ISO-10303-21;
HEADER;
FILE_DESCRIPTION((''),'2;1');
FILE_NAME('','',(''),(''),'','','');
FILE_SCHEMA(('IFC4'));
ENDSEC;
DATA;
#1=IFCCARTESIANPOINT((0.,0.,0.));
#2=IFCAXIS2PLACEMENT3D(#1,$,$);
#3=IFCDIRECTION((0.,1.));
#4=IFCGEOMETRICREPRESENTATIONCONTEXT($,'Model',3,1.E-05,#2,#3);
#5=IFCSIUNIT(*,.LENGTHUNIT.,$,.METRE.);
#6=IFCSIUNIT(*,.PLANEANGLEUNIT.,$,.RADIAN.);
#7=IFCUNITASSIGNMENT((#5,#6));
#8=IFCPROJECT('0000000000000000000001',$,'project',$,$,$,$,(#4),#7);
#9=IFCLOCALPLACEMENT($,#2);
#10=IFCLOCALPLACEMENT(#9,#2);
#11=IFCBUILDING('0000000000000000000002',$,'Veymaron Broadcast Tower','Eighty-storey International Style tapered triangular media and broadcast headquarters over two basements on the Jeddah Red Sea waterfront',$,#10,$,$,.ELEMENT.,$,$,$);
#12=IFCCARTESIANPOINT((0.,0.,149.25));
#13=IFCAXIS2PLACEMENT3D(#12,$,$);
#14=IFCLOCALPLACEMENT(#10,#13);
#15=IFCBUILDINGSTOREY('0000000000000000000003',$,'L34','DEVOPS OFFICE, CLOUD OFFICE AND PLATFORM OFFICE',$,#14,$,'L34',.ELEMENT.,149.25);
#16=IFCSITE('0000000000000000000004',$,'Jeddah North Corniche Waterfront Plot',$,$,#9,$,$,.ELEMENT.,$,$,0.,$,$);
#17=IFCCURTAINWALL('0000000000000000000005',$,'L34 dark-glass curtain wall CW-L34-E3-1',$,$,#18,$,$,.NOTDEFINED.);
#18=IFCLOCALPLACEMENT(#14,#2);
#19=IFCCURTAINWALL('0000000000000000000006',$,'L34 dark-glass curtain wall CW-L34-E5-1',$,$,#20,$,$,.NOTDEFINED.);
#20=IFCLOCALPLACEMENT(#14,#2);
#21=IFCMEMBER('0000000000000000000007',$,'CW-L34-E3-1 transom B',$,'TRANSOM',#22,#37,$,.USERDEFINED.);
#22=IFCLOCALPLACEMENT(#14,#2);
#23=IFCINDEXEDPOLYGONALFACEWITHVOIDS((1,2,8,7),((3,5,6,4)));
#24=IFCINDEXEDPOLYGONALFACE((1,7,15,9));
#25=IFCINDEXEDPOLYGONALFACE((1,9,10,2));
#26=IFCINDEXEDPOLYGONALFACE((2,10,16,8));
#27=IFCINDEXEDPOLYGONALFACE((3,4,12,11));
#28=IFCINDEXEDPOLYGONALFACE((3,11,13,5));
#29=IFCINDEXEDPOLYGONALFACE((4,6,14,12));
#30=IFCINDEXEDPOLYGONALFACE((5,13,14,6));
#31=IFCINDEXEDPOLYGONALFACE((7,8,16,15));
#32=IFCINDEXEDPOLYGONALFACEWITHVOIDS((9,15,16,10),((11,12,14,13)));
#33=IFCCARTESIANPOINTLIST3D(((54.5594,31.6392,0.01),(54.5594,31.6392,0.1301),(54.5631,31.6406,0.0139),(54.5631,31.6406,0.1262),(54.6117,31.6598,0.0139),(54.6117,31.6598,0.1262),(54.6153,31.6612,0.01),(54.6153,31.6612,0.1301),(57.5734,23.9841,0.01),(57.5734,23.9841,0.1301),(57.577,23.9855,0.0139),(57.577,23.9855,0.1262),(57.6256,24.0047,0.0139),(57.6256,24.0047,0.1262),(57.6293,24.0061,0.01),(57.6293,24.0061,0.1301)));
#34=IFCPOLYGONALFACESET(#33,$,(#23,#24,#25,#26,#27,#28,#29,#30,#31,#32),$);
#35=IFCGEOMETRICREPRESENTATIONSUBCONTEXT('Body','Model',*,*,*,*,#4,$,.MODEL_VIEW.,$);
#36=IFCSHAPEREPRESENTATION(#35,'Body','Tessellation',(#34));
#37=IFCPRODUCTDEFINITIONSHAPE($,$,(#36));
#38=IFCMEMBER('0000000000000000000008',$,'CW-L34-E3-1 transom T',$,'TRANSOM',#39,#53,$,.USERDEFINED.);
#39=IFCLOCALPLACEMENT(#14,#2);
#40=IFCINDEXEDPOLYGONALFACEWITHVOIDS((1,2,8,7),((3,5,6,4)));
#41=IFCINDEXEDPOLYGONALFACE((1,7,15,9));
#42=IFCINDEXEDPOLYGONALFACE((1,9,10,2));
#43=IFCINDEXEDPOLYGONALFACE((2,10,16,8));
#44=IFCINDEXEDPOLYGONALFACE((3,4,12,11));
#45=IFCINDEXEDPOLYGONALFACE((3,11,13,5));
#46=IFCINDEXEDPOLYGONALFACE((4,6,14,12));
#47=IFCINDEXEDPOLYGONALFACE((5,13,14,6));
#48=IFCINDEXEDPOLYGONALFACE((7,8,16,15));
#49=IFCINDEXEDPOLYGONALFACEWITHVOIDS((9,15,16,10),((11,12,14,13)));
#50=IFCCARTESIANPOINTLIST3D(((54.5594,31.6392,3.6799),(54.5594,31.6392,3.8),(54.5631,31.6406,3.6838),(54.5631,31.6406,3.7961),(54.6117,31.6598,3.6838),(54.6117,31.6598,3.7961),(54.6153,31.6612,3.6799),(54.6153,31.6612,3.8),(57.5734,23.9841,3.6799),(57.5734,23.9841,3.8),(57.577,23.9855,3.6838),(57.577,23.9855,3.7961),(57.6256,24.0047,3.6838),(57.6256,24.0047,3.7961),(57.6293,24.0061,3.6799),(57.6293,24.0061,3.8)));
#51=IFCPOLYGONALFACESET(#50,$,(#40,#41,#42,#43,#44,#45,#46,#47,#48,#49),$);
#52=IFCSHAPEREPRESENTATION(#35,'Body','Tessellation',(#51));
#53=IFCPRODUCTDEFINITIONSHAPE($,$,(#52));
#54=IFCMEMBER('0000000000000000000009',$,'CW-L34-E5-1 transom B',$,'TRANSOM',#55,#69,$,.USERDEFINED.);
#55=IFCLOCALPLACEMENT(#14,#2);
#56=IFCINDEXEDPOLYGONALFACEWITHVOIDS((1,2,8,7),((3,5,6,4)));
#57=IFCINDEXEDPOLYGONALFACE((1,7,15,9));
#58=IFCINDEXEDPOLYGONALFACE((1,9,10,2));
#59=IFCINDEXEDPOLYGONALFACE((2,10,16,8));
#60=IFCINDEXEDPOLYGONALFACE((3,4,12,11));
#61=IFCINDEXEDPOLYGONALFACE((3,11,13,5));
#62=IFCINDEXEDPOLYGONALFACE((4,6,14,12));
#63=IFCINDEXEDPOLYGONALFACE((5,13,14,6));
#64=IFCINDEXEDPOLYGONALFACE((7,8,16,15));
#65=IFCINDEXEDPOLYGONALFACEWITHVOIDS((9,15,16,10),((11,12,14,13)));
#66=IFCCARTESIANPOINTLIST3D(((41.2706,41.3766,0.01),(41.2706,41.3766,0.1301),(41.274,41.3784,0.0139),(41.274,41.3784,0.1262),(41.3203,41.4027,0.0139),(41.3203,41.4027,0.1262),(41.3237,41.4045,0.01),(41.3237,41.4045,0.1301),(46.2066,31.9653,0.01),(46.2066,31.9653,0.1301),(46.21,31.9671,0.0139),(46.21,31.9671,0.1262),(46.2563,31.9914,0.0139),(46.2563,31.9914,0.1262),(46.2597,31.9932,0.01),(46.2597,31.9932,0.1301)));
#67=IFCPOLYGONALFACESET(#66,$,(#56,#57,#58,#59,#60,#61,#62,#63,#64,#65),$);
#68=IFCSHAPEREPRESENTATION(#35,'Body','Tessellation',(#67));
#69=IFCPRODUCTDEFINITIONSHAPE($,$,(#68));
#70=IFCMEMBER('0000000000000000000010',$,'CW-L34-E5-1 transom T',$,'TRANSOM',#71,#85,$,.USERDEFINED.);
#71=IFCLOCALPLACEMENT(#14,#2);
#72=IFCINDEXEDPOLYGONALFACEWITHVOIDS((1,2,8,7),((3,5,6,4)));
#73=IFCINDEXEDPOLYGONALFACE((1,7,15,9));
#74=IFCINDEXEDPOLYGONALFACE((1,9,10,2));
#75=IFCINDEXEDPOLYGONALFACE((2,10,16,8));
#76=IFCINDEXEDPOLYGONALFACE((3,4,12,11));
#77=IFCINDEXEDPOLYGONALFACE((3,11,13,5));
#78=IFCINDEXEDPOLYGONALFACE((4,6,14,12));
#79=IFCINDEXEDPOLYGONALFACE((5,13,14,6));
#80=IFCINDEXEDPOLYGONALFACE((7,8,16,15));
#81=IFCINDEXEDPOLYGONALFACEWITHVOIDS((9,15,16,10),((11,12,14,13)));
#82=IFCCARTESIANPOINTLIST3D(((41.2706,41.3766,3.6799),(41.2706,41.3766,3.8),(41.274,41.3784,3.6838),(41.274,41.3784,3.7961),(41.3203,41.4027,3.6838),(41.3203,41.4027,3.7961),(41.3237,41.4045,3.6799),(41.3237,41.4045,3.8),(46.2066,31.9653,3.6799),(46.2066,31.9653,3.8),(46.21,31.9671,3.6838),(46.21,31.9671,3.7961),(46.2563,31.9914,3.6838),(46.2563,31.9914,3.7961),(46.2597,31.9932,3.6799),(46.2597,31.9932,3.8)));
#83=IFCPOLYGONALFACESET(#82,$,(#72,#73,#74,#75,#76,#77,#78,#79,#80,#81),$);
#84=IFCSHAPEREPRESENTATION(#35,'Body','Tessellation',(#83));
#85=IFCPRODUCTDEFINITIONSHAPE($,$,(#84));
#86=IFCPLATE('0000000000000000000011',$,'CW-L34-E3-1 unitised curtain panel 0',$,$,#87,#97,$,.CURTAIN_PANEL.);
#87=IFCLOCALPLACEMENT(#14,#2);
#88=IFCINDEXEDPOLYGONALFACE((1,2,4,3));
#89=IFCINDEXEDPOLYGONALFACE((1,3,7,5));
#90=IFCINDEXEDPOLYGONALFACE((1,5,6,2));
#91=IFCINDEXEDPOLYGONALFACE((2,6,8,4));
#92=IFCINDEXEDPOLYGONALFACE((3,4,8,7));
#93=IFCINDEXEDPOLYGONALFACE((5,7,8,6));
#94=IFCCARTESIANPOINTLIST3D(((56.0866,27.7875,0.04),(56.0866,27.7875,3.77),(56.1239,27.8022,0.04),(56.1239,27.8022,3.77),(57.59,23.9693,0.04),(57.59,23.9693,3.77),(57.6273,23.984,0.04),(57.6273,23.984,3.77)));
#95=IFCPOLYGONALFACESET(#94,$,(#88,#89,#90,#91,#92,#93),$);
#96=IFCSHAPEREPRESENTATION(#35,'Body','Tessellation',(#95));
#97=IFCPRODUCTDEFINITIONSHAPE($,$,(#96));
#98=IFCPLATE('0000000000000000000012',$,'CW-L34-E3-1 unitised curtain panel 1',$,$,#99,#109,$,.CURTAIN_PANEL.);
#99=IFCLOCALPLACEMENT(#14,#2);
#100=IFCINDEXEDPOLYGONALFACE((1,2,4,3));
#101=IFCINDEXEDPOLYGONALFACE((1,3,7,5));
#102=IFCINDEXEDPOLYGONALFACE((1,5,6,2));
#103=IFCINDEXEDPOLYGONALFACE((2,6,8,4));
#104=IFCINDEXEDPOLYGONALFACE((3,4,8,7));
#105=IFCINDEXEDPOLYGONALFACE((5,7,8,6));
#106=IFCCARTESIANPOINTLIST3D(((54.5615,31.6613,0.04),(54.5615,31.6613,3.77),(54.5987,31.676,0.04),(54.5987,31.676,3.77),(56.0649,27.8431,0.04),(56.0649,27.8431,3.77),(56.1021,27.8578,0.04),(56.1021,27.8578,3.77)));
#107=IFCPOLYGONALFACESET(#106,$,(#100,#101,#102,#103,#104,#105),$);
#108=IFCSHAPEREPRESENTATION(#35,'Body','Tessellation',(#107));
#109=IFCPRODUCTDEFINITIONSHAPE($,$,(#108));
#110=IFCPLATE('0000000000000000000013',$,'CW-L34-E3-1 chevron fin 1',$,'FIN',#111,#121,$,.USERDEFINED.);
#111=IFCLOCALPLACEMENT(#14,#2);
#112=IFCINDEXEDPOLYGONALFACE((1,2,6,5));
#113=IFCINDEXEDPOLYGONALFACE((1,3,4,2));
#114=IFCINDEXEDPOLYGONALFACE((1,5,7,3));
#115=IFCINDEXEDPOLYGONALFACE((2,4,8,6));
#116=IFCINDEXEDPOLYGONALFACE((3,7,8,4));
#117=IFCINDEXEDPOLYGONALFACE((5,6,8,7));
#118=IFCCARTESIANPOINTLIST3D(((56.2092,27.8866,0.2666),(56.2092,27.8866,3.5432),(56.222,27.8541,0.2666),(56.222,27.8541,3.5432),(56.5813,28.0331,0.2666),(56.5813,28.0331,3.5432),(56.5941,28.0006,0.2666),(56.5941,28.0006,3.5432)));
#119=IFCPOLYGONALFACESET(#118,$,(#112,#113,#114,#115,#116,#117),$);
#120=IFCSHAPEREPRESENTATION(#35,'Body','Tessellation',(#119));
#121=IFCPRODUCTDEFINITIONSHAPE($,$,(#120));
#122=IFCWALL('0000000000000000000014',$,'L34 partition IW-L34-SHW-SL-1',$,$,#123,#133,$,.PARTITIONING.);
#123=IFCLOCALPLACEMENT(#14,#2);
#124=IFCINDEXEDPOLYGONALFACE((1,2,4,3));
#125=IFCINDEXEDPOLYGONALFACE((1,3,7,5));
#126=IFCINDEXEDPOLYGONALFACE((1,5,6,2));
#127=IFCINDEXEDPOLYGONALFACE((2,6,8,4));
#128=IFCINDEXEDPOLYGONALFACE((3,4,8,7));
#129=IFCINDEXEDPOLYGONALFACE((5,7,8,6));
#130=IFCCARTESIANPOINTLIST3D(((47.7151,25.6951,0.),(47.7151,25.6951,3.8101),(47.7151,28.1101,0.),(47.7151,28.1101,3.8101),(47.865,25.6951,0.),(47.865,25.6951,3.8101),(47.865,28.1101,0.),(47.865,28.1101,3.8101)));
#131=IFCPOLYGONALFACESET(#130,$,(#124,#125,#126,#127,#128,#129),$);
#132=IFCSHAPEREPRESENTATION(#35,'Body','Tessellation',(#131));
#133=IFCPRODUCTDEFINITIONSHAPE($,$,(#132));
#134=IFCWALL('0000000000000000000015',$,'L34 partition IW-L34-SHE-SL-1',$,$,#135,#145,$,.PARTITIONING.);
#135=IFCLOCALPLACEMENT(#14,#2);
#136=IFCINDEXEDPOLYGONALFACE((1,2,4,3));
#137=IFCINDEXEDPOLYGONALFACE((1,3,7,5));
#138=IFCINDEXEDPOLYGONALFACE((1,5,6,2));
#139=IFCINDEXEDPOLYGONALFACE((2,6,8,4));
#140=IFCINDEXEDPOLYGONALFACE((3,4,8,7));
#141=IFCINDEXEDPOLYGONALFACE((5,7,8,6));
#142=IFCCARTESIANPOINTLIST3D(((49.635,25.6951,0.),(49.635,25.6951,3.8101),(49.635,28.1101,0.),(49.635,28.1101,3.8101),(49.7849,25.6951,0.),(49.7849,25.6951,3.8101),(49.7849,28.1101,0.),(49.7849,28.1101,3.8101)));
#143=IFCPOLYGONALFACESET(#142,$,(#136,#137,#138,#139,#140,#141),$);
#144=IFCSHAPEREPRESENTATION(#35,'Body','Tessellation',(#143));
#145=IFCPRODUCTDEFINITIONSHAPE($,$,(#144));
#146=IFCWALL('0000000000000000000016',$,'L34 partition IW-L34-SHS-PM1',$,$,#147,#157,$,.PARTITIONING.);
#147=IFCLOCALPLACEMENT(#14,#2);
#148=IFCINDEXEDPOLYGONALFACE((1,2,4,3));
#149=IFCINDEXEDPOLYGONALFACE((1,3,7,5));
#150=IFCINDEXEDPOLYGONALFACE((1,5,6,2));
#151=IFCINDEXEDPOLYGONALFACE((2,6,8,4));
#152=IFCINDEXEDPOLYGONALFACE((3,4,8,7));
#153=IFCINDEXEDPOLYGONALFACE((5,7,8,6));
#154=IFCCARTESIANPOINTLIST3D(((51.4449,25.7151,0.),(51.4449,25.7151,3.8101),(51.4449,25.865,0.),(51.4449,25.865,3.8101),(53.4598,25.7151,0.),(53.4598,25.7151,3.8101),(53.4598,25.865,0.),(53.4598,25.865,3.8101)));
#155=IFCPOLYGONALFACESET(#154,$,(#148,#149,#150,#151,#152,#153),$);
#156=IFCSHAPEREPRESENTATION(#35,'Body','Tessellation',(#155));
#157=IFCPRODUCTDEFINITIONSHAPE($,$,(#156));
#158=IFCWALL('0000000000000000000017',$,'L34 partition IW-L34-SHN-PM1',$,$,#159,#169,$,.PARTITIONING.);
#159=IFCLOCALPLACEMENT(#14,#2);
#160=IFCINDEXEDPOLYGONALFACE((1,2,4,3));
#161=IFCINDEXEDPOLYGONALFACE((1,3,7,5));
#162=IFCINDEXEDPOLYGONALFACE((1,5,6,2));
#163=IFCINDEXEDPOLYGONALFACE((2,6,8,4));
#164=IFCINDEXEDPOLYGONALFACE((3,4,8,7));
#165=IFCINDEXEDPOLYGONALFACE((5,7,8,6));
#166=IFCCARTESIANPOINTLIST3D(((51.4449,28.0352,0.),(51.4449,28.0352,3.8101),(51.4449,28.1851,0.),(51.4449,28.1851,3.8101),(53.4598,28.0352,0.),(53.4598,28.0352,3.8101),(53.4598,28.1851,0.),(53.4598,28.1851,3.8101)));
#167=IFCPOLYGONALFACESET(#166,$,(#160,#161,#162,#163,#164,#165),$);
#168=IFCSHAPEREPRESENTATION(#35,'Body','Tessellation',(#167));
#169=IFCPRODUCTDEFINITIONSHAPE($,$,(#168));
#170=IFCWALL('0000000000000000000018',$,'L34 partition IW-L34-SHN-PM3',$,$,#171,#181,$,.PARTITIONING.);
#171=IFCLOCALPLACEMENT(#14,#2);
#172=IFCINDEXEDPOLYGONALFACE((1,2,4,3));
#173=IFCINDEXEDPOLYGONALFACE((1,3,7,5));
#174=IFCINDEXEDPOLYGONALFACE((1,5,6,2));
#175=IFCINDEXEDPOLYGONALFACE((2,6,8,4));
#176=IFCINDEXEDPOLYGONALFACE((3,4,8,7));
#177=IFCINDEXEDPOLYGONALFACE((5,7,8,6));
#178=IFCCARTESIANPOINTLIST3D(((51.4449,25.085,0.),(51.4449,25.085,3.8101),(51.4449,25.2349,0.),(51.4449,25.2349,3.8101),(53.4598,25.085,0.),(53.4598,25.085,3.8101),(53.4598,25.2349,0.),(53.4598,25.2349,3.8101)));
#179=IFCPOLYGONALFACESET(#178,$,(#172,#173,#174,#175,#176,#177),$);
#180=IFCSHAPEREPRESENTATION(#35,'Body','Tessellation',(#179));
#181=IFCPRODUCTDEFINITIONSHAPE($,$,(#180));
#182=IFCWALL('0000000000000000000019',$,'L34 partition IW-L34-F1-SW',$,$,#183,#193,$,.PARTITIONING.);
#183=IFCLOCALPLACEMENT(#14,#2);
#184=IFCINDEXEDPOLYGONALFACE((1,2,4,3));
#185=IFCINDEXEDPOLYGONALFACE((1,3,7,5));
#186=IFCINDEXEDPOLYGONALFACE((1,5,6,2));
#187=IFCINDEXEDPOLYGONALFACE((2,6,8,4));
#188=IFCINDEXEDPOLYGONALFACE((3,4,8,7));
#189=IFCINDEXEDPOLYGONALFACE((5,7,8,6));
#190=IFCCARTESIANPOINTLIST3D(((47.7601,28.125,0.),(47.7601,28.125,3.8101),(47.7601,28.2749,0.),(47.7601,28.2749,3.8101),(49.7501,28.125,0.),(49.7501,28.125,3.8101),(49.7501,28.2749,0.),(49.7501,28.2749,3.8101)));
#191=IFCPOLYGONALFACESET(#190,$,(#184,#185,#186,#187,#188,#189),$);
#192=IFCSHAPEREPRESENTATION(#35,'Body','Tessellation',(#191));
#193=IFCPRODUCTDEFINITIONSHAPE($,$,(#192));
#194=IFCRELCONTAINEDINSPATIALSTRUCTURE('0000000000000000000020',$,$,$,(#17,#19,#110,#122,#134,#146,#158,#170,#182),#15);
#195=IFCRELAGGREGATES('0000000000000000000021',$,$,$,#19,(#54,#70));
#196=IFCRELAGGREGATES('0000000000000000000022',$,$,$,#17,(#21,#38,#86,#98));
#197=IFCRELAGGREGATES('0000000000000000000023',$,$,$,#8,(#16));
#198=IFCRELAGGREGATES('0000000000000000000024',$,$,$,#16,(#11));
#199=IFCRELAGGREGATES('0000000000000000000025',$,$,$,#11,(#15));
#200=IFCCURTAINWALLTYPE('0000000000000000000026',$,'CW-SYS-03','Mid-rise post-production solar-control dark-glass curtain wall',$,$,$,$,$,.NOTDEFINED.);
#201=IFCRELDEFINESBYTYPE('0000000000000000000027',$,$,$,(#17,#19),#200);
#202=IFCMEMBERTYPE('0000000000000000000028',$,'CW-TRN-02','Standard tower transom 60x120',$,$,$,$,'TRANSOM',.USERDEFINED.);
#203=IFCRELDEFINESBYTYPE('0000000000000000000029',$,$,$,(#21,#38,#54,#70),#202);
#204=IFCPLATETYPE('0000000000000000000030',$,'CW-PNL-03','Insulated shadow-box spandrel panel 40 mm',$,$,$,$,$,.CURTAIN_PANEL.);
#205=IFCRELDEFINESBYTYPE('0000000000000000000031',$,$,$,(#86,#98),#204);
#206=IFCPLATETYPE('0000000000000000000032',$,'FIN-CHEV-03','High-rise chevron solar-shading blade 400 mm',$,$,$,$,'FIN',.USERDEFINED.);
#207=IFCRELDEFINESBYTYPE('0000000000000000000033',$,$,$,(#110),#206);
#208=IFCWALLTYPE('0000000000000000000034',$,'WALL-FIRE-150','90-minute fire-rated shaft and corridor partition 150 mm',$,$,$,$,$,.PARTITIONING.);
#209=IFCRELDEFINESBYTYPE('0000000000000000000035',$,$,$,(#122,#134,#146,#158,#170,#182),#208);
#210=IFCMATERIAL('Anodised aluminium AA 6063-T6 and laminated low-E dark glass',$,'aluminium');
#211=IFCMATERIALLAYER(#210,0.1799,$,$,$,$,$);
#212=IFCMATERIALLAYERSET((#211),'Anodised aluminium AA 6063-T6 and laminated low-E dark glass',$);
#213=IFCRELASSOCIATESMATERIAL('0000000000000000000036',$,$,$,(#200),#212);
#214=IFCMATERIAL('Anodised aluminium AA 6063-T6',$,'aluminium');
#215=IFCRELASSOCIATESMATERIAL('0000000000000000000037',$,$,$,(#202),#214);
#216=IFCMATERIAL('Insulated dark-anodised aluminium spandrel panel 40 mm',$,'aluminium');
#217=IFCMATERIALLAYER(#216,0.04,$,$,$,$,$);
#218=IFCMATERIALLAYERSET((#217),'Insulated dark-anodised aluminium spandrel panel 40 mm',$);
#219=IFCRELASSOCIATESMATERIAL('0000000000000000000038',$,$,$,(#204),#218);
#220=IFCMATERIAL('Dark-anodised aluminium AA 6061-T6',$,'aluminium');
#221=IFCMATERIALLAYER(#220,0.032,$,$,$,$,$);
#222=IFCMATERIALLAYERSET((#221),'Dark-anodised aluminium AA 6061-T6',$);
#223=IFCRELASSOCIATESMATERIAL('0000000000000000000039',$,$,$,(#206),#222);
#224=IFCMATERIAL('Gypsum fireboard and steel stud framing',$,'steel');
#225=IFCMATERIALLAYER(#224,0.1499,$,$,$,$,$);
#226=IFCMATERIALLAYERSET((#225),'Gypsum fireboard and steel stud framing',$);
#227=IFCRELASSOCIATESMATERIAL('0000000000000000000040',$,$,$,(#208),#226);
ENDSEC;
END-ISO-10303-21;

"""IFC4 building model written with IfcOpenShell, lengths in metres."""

from ifc_helpers import new_model, si_unit, direction, frame, frame_2d, origin, origin_2d, place, context, subcontext, project, spatial, rectangle, hollow_rectangle, extrude, material, layer, layer_set, material_profile, profile_set, type_object, element, aggregate, save


model = new_model("IFC4")

# Units and contexts
model_context = context("Model", 3, precision=1e-05, world=origin(), true_north=direction((0.0, 1.0)))
body_context = subcontext(model_context, "Body", "Model", "MODEL_VIEW")
ifc_project = project(units=[si_unit("LENGTHUNIT", "METRE"), si_unit("PLANEANGLEUNIT", "RADIAN")], contexts=[model_context])

# Site, building, storey
site_placement = place(None, origin())
site = spatial("IfcSite", under=ifc_project, at=site_placement, Name="Jeddah North Corniche Waterfront Plot", CompositionType="ELEMENT", RefElevation=0.0)
building_placement = place(site_placement, origin())
building = spatial("IfcBuilding", under=site, at=building_placement, Name="Veymaron Broadcast Tower", Description="Eighty-storey International Style tapered triangular media and broadcast headquarters over two basements on the Jeddah Red Sea waterfront", CompositionType="ELEMENT")
storey_placement = place(building_placement, frame((0.0, 0.0, 149.25)))
storey = spatial("IfcBuildingStorey", under=building, at=storey_placement, Name="L34", Description="DEVOPS OFFICE, CLOUD OFFICE AND PLATFORM OFFICE", LongName="L34", CompositionType="ELEMENT", Elevation=149.25)

# Shared definitions
ifc_material_1 = material(Name="Anodised aluminium AA 6063-T6 and laminated low-E dark glass", Category="aluminium")
ifc_layer_1 = layer(ifc_material_1, 0.1799)
ifc_layer_set_1 = layer_set([ifc_layer_1], Name="Anodised aluminium AA 6063-T6 and laminated low-E dark glass")
curtain_wall_type = type_object("IfcCurtainWallType", Name="CW-SYS-03", Description="Mid-rise post-production solar-control dark-glass curtain wall", PredefinedType="NOTDEFINED", material=ifc_layer_set_1)
ifc_material_2 = material(Name="Anodised aluminium AA 6063-T6", Category="aluminium")

# Curtain wall
curtain_wall_1_placement = place(storey_placement, origin())
curtain_wall_1 = element("IfcCurtainWall", 1, at=curtain_wall_1_placement, inside=storey, type_object=curtain_wall_type, Name="L34 dark-glass curtain wall CW-L34-E3-1", PredefinedType="NOTDEFINED")

# Curtain wall
curtain_wall_2_placement = place(storey_placement, origin())
curtain_wall_2 = element("IfcCurtainWall", 2, at=curtain_wall_2_placement, inside=storey, type_object=curtain_wall_type, Name="L34 dark-glass curtain wall CW-L34-E5-1", PredefinedType="NOTDEFINED")

# Members
ifc_material_profile_1 = material_profile(ifc_material_2, hollow_rectangle(XDim=0.0601, YDim=0.1201, WallThickness=0.0039, at=origin_2d()), Name="AL120X60X4")
ifc_profile_set_1 = profile_set([ifc_material_profile_1], Name="Anodised aluminium AA 6063-T6")
member_type_1 = type_object("IfcMemberType", Name="CW-TRN-02", Description="Standard tower transom 60x120", ElementType="TRANSOM", PredefinedType="USERDEFINED", material=ifc_profile_set_1)
member_1_placement = place(storey_placement, frame((57.6013, 23.9951, 0.0701), z_axis=(-0.366345, 0.930479, 0.0), x_axis=(-0.930479, -0.366345, 0.0)))
member_1 = element("IfcMember", 3, at=member_1_placement, type_object=member_type_1, Name="CW-L34-E3-1 transom B", ObjectType="TRANSOM", PredefinedType="USERDEFINED", context=body_context, shape_type="SweptSolid", body=[
    extrude(hollow_rectangle(XDim=0.0601, YDim=0.1201, WallThickness=0.0039, at=origin_2d()), origin(), (0.0, 0.0, 1.0), 8.2271),
])
member_2_placement = place(storey_placement, frame((57.6013, 23.9951, 3.74), z_axis=(-0.366345, 0.930479, 0.0), x_axis=(-0.930479, -0.366345, 0.0)))
member_2 = element("IfcMember", 4, at=member_2_placement, type_object=member_type_1, Name="CW-L34-E3-1 transom T", ObjectType="TRANSOM", PredefinedType="USERDEFINED", context=body_context, shape_type="SweptSolid", body=[
    extrude(hollow_rectangle(XDim=0.0601, YDim=0.1201, WallThickness=0.0039, at=origin_2d()), origin(), (0.0, 0.0, 1.0), 8.2271),
])
member_3_placement = place(storey_placement, frame((46.2332, 31.9792, 0.0701), z_axis=(-0.46447, 0.885589, 0.0), x_axis=(-0.885589, -0.46447, 0.0)))
member_3 = element("IfcMember", 5, at=member_3_placement, type_object=member_type_1, Name="CW-L34-E5-1 transom B", ObjectType="TRANSOM", PredefinedType="USERDEFINED", context=body_context, shape_type="SweptSolid", body=[
    extrude(hollow_rectangle(XDim=0.0601, YDim=0.1201, WallThickness=0.0039, at=origin_2d()), origin(), (0.0, 0.0, 1.0), 10.6272),
])
member_4_placement = place(storey_placement, frame((46.2332, 31.9792, 3.74), z_axis=(-0.46447, 0.885589, 0.0), x_axis=(-0.885589, -0.46447, 0.0)))
member_4 = element("IfcMember", 6, at=member_4_placement, type_object=member_type_1, Name="CW-L34-E5-1 transom T", ObjectType="TRANSOM", PredefinedType="USERDEFINED", context=body_context, shape_type="SweptSolid", body=[
    extrude(hollow_rectangle(XDim=0.0601, YDim=0.1201, WallThickness=0.0039, at=origin_2d()), origin(), (0.0, 0.0, 1.0), 10.6272),
])
aggregate(curtain_wall_2, [member_3, member_4])

# Plates
ifc_material_3 = material(Name="Insulated dark-anodised aluminium spandrel panel 40 mm", Category="aluminium")
ifc_layer_2 = layer(ifc_material_3, 0.04)
ifc_layer_set_2 = layer_set([ifc_layer_2], Name="Insulated dark-anodised aluminium spandrel panel 40 mm")
plate_type_1 = type_object("IfcPlateType", Name="CW-PNL-03", Description="Insulated shadow-box spandrel panel 40 mm", PredefinedType="CURTAIN_PANEL", material=ifc_layer_set_2)
plate_1_placement = place(storey_placement, frame((56.8569, 25.8857, 0.04), z_axis=(0.0, 0.0, 1.0), x_axis=(-0.366371, 0.930469, 0.0)))
plate_1 = element("IfcPlate", 7, at=plate_1_placement, type_object=plate_type_1, Name="CW-L34-E3-1 unitised curtain panel 0", PredefinedType="CURTAIN_PANEL", context=body_context, shape_type="SweptSolid", body=[
    extrude(rectangle(XDim=4.1035, YDim=0.04, at=origin_2d()), origin(), (0.0, 0.0, 1.0), 3.73),
])
plate_2_placement = place(storey_placement, frame((55.3318, 29.7595, 0.04), z_axis=(0.0, 0.0, 1.0), x_axis=(-0.366371, 0.930469, 0.0)))
plate_2 = element("IfcPlate", 8, at=plate_2_placement, type_object=plate_type_1, Name="CW-L34-E3-1 unitised curtain panel 1", PredefinedType="CURTAIN_PANEL", context=body_context, shape_type="SweptSolid", body=[
    extrude(rectangle(XDim=4.1035, YDim=0.04, at=origin_2d()), origin(), (0.0, 0.0, 1.0), 3.73),
])
aggregate(curtain_wall_1, [member_1, member_2, plate_1, plate_2])
ifc_material_4 = material(Name="Dark-anodised aluminium AA 6061-T6", Category="aluminium")
ifc_layer_3 = layer(ifc_material_4, 0.032)
ifc_layer_set_3 = layer_set([ifc_layer_3], Name="Dark-anodised aluminium AA 6061-T6")
plate_type_2 = type_object("IfcPlateType", Name="FIN-CHEV-03", Description="High-rise chevron solar-shading blade 400 mm", ElementType="FIN", PredefinedType="USERDEFINED", material=ifc_layer_set_3)
plate_3_placement = place(storey_placement, frame((56.4016, 27.9436, 0.2666), z_axis=(0.0, 0.0, 1.0), x_axis=(0.930469, 0.366371, 0.0)))
element("IfcPlate", 9, at=plate_3_placement, inside=storey, type_object=plate_type_2, Name="CW-L34-E3-1 chevron fin 1", ObjectType="FIN", PredefinedType="USERDEFINED", context=body_context, shape_type="SweptSolid", body=[
    extrude(rectangle(XDim=0.3999, YDim=0.0349, at=origin_2d()), origin(), (0.0, 0.0, 1.0), 3.2766),
])

# Shared definitions
ifc_material_5 = material(Name="Gypsum fireboard and steel stud framing", Category="steel")
ifc_layer_4 = layer(ifc_material_5, 0.1499)
ifc_layer_set_4 = layer_set([ifc_layer_4], Name="Gypsum fireboard and steel stud framing")
wall_type_1 = type_object("IfcWallType", Name="WALL-FIRE-150", Description="90-minute fire-rated shaft and corridor partition 150 mm", PredefinedType="PARTITIONING", material=ifc_layer_set_4)

# Walls
for number, where, z_axis, x_axis, name in (
    (10, (47.79, 25.6951, 0.0), (0.0, 0.0, 1.0), (0.0, 1.0, 0.0), "L34 partition IW-L34-SHW-SL-1"),
    (11, (49.71, 25.6951, 0.0), (0.0, 0.0, 1.0), (0.0, 1.0, 0.0), "L34 partition IW-L34-SHE-SL-1"),
):
    element("IfcWall", number, at=place(storey_placement, frame(where, z_axis=z_axis, x_axis=x_axis)), inside=storey, type_object=wall_type_1, Name=name, PredefinedType="PARTITIONING", context=body_context, shape_type="SweptSolid", body=[
        extrude(rectangle(XDim=2.415, YDim=0.1499, at=frame_2d((1.2075, 0.0))), origin(), (0.0, 0.0, 1.0), 3.8101),
    ])

# Walls
for number, where, z_axis, x_axis, name in (
    (12, (51.4451, 25.79, 0.0), (0.0, 0.0, 1.0), (1.0, 0.0, 0.0), "L34 partition IW-L34-SHS-PM1"),
    (13, (51.4451, 28.1101, 0.0), (0.0, 0.0, 1.0), (1.0, 0.0, 0.0), "L34 partition IW-L34-SHN-PM1"),
    (14, (51.4451, 25.1599, 0.0), (0.0, 0.0, 1.0), (1.0, 0.0, 0.0), "L34 partition IW-L34-SHN-PM3"),
):
    element("IfcWall", number, at=place(storey_placement, frame(where, z_axis=z_axis, x_axis=x_axis)), inside=storey, type_object=wall_type_1, Name=name, PredefinedType="PARTITIONING", context=body_context, shape_type="SweptSolid", body=[
        extrude(rectangle(XDim=2.0149, YDim=0.1499, at=frame_2d((1.0073, 0.0))), origin(), (0.0, 0.0, 1.0), 3.8101),
    ])
wall_1_placement = place(storey_placement, frame((47.76, 28.2, 0.0), z_axis=(0.0, 0.0, 1.0), x_axis=(1.0, 0.0, 0.0)))
element("IfcWall", 15, at=wall_1_placement, inside=storey, type_object=wall_type_1, Name="L34 partition IW-L34-F1-SW", PredefinedType="PARTITIONING", context=body_context, shape_type="SweptSolid", body=[
    extrude(rectangle(XDim=1.99, YDim=0.1499, at=frame_2d((0.9951, 0.0))), origin(), (0.0, 0.0, 1.0), 3.8101),
])

save(model, "model.ifc")
